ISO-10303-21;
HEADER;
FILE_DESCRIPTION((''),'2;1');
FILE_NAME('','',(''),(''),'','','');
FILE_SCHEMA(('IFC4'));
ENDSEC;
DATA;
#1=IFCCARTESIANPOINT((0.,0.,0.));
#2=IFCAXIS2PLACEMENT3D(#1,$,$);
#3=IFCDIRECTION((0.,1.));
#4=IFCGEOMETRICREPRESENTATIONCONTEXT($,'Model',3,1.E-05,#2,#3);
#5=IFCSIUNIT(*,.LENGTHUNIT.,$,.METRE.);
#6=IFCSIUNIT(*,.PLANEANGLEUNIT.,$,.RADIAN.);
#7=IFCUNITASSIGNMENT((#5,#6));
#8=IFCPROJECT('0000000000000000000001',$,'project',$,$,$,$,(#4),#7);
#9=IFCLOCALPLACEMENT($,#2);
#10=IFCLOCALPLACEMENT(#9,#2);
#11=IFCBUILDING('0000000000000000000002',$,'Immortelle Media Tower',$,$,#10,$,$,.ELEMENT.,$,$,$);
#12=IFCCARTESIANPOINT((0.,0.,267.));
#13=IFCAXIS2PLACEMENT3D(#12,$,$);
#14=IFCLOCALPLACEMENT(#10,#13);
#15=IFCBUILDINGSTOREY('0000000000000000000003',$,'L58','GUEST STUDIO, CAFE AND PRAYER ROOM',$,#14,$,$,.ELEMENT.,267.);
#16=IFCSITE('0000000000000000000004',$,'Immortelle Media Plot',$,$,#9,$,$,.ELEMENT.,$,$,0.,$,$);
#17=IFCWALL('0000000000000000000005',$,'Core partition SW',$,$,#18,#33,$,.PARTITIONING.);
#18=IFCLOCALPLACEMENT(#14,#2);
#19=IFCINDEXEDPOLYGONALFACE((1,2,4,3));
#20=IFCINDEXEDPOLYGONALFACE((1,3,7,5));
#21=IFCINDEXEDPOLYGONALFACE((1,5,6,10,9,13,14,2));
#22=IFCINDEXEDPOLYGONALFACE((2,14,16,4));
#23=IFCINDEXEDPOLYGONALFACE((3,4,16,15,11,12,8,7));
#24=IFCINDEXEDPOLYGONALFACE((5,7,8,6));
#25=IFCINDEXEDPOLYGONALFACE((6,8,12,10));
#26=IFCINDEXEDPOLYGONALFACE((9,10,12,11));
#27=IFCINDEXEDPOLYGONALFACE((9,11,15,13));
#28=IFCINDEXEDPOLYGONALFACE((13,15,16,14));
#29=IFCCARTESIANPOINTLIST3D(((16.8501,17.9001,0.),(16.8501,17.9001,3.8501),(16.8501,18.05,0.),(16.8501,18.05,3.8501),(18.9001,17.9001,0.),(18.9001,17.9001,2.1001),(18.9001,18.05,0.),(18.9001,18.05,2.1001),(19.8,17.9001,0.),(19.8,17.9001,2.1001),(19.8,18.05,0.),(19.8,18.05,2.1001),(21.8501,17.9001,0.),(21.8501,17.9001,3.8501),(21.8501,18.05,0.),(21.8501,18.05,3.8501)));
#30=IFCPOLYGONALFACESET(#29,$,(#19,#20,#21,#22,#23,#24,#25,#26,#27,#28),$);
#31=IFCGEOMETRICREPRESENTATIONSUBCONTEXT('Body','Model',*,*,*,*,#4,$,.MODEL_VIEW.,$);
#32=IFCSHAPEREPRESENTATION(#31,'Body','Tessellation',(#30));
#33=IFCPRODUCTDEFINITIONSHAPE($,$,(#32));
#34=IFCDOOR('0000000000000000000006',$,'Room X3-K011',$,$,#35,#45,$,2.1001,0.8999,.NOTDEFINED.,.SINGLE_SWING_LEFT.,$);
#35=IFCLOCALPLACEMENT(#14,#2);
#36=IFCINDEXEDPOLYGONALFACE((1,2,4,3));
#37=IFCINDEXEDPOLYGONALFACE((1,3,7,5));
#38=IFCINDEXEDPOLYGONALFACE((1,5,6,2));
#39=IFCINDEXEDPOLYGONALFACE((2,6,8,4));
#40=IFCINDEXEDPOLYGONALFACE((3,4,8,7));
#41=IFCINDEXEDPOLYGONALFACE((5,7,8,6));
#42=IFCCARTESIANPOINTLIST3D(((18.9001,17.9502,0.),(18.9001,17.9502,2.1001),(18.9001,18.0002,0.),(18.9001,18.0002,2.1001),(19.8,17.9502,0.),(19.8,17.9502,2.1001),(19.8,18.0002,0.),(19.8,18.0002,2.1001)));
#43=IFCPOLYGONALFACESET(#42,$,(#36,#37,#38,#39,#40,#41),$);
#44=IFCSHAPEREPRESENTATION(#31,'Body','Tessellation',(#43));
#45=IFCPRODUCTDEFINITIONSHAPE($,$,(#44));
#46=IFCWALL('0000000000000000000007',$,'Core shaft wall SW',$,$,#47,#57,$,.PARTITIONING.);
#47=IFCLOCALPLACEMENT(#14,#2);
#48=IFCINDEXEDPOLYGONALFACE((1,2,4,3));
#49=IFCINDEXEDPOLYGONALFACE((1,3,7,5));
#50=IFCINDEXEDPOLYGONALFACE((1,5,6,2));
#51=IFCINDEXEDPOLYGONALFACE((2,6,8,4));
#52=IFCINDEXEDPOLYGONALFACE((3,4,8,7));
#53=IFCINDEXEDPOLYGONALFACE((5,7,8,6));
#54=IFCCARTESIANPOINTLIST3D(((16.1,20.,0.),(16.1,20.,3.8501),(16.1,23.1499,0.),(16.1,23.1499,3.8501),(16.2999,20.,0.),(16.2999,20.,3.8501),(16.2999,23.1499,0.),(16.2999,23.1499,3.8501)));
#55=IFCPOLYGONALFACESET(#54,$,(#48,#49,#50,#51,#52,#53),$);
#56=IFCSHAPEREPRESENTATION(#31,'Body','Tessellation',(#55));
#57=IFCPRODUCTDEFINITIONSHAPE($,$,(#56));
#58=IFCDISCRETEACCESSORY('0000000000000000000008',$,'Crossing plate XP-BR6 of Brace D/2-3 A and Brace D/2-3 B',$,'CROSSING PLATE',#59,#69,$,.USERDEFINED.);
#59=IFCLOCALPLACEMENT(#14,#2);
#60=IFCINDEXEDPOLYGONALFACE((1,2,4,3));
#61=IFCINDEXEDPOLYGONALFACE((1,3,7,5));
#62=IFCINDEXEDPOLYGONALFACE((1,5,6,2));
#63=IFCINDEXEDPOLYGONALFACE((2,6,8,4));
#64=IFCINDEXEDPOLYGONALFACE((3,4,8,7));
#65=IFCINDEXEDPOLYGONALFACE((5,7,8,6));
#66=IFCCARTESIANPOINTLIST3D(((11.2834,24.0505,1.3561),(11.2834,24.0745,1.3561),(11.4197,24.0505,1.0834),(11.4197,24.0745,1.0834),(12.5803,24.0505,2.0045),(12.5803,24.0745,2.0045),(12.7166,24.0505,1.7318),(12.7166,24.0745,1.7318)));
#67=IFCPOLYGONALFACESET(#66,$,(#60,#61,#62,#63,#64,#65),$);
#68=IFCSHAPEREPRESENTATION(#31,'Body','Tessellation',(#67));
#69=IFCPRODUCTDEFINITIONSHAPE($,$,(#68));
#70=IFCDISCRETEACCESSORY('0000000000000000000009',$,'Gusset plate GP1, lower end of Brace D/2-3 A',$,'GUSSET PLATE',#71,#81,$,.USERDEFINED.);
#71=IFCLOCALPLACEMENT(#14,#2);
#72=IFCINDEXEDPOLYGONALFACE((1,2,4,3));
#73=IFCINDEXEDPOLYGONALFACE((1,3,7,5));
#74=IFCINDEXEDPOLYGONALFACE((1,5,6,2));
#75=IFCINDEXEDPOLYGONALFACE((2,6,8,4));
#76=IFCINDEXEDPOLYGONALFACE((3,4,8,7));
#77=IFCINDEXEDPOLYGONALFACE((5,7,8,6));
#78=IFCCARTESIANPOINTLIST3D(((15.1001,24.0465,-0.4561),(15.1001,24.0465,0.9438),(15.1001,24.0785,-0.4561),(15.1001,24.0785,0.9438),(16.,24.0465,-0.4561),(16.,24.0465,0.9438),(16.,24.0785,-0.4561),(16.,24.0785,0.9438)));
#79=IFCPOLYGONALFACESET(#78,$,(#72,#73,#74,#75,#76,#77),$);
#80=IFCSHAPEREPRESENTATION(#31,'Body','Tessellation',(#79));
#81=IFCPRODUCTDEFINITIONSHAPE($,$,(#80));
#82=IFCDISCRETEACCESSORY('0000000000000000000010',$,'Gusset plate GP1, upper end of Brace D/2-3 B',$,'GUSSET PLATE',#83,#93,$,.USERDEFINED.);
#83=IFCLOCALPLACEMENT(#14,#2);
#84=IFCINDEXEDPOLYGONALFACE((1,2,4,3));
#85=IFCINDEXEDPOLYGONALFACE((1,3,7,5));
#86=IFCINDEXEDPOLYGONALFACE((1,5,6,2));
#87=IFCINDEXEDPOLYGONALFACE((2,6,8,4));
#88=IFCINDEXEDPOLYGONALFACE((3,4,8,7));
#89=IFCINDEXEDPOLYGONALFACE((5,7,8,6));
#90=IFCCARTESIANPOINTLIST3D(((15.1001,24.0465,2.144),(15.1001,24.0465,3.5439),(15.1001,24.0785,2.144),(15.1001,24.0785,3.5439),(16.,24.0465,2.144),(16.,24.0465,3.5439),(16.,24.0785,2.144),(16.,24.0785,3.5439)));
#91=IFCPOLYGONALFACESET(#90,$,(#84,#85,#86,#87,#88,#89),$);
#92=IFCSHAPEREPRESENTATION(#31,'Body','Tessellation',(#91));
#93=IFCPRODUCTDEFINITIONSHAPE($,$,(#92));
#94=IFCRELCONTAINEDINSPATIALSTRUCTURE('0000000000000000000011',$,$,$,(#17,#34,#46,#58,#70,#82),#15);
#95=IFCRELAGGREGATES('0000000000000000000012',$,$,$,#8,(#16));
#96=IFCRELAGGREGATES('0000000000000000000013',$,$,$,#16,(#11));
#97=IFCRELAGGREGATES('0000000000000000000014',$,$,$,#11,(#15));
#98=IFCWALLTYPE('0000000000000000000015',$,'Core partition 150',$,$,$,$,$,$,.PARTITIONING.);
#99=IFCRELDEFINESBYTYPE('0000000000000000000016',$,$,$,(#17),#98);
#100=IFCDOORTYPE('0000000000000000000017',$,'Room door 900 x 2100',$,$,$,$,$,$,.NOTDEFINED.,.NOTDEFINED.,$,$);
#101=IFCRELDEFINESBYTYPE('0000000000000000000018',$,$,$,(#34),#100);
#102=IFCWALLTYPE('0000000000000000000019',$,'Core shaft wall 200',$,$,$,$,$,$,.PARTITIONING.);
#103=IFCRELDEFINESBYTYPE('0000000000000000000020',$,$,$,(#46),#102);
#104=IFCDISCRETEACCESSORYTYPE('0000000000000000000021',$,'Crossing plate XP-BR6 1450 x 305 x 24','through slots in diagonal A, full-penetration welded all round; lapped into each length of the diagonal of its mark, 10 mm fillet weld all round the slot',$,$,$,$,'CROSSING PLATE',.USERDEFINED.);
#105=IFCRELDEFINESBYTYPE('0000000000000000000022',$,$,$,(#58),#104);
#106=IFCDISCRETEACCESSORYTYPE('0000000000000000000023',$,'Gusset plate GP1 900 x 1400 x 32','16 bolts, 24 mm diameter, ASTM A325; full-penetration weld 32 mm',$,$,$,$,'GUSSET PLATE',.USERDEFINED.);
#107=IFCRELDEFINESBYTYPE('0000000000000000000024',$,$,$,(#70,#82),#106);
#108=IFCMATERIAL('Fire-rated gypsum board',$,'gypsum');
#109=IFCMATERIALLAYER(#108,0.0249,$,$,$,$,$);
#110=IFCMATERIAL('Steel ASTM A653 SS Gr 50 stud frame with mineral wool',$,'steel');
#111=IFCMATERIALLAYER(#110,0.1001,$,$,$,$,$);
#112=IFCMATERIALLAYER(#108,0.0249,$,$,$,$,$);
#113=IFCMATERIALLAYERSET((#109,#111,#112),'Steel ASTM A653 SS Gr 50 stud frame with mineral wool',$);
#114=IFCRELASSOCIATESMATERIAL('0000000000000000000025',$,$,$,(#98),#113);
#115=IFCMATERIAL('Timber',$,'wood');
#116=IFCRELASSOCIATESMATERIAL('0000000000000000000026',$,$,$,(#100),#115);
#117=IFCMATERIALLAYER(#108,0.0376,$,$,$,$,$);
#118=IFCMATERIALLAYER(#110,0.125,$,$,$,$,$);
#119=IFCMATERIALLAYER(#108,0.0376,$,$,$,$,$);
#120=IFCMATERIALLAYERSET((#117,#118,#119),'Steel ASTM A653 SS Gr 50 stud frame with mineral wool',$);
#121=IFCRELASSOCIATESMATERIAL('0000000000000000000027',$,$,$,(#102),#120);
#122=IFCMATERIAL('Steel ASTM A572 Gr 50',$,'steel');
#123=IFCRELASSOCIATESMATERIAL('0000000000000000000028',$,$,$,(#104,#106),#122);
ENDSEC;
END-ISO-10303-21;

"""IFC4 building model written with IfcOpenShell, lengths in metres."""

from ifc_helpers import new_model, si_unit, direction, frame, frame_2d, origin, origin_2d, place, context, subcontext, project, spatial, rectangle, extrude, material, layer, layer_set, material_profile, profile_set, type_object, element, fill, save


model = new_model("IFC4")

# Units and contexts
model_context = context("Model", 3, precision=1e-05, world=origin(), true_north=direction((0.0, 1.0)))
body_context = subcontext(model_context, "Body", "Model", "MODEL_VIEW")
ifc_project = project(units=[si_unit("LENGTHUNIT", "METRE"), si_unit("PLANEANGLEUNIT", "RADIAN")], contexts=[model_context])

# Site, building, storey
site_placement = place(None, origin())
site = spatial("IfcSite", under=ifc_project, at=site_placement, Name="Immortelle Media Plot", CompositionType="ELEMENT", RefElevation=0.0)
building_placement = place(site_placement, origin())
building = spatial("IfcBuilding", under=site, at=building_placement, Name="Immortelle Media Tower", CompositionType="ELEMENT")
storey_placement = place(building_placement, frame((0.0, 0.0, 267.0)))
storey = spatial("IfcBuildingStorey", under=building, at=storey_placement, Name="L58", Description="GUEST STUDIO, CAFE AND PRAYER ROOM", CompositionType="ELEMENT", Elevation=267.0)

# Shared definitions
ifc_material_1 = material(Name="Timber", Category="wood")

# Shared definitions
ifc_material_2 = material(Name="Fire-rated gypsum board", Category="gypsum")
ifc_layer_1 = layer(ifc_material_2, 0.0249)
ifc_material_3 = material(Name="Steel ASTM A653 SS Gr 50 stud frame with mineral wool", Category="steel")
ifc_layer_2 = layer(ifc_material_3, 0.1001)
ifc_layer_3 = layer(ifc_material_2, 0.0249)
ifc_layer_set_1 = layer_set([ifc_layer_1, ifc_layer_2, ifc_layer_3], Name="Steel ASTM A653 SS Gr 50 stud frame with mineral wool")
wall_type_1 = type_object("IfcWallType", Name="Core partition 150", PredefinedType="PARTITIONING", material=ifc_layer_set_1)

# Shared definitions
door_type_1 = type_object("IfcDoorType", Name="Room door 900 x 2100", OperationType="NOTDEFINED", PredefinedType="NOTDEFINED", material=ifc_material_1)

# Wall, opening, door
wall_1_placement = place(storey_placement, frame((16.8501, 17.9751, 0.0), z_axis=(0.0, 0.0, 1.0), x_axis=(1.0, 0.0, 0.0)))
wall_1 = element("IfcWall", 1, at=wall_1_placement, inside=storey, type_object=wall_type_1, Name="Core partition SW", PredefinedType="PARTITIONING", context=body_context, shape_type="SweptSolid", body=[
    extrude(rectangle(XDim=5.0, YDim=0.1499, at=frame_2d((2.5, 0.0))), origin(), (0.0, 0.0, 1.0), 3.8501),
])
opening_1_placement = place(wall_1_placement, frame((2.95, 0.0, 0.0), z_axis=(0.0, 0.0, 1.0), x_axis=(-1.0, 0.0, 0.0)))
opening_1 = element("IfcOpeningElement", 2, at=opening_1_placement, cuts=wall_1, PredefinedType="OPENING", context=body_context, shape_type="SweptSolid", body=[
    extrude(rectangle(XDim=0.8999, YDim=2.1001, at=frame_2d((0.45, 1.05))), frame((0.0, 0.085, 0.0), z_axis=(0.0, -1.0, 0.0), x_axis=(1.0, 0.0, 0.0)), (0.0, 0.0, 1.0), 0.1699),
])
door_1_placement = place(opening_1_placement, origin())
door_1 = element("IfcDoor", 3, at=door_1_placement, inside=storey, type_object=door_type_1, Name="Room X3-K011", OperationType="SINGLE_SWING_LEFT", OverallHeight=2.1001, OverallWidth=0.8999, PredefinedType="NOTDEFINED", context=body_context, shape_type="SweptSolid", body=[
    extrude(rectangle(XDim=0.8999, YDim=2.1001, at=frame_2d((0.45, 1.05))), frame((0.0, 0.0249, 0.0), z_axis=(0.0, -1.0, 0.0), x_axis=(1.0, 0.0, 0.0)), (0.0, 0.0, 1.0), 0.05),
])
fill(opening_1, door_1)

# Wall
ifc_layer_4 = layer(ifc_material_2, 0.0376)
ifc_layer_5 = layer(ifc_material_3, 0.125)
ifc_layer_6 = layer(ifc_material_2, 0.0376)
ifc_layer_set_2 = layer_set([ifc_layer_4, ifc_layer_5, ifc_layer_6], Name="Steel ASTM A653 SS Gr 50 stud frame with mineral wool")
wall_type_2 = type_object("IfcWallType", Name="Core shaft wall 200", PredefinedType="PARTITIONING", material=ifc_layer_set_2)
wall_2_placement = place(storey_placement, frame((16.2, 20.0, 0.0), z_axis=(0.0, 0.0, 1.0), x_axis=(0.0, 1.0, 0.0)))
element("IfcWall", 4, at=wall_2_placement, inside=storey, type_object=wall_type_2, Name="Core shaft wall SW", PredefinedType="PARTITIONING", context=body_context, shape_type="SweptSolid", body=[
    extrude(rectangle(XDim=3.1499, YDim=0.2, at=frame_2d((1.575, 0.0))), origin(), (0.0, 0.0, 1.0), 3.8501),
])

# Discrete accessories
ifc_material_4 = material(Name="Steel ASTM A572 Gr 50", Category="steel")
ifc_material_profile_1 = material_profile(ifc_material_4, rectangle(XDim=0.0239, YDim=0.3049, at=origin_2d()), Name="PL 24 x 305")
ifc_profile_set_1 = profile_set([ifc_material_profile_1], Name="Steel ASTM A572 Gr 50")
discrete_accessory_type_1 = type_object("IfcDiscreteAccessoryType", Name="Crossing plate XP-BR6 1450 x 305 x 24", Description="through slots in diagonal A, full-penetration welded all round; lapped into each length of the diagonal of its mark, 10 mm fillet weld all round the slot", ElementType="CROSSING PLATE", PredefinedType="USERDEFINED", material=ifc_profile_set_1)
discrete_accessory_placement = place(storey_placement, frame((12.6484, 24.0625, 1.8682), z_axis=(-0.894427, 0.0, -0.447214), x_axis=(0.0, -1.0, 0.0)))
element("IfcDiscreteAccessory", 5, at=discrete_accessory_placement, inside=storey, type_object=discrete_accessory_type_1, Name="Crossing plate XP-BR6 of Brace D/2-3 A and Brace D/2-3 B", ObjectType="CROSSING PLATE", PredefinedType="USERDEFINED", context=body_context, shape_type="SweptSolid", body=[
    extrude(rectangle(XDim=0.0239, YDim=0.3049, at=origin_2d()), origin(), (0.0, 0.0, 1.0), 1.45),
])
ifc_material_profile_2 = material_profile(ifc_material_4, rectangle(XDim=0.032, YDim=1.3999, at=origin_2d()), Name="PL 32 x 1400")
ifc_profile_set_2 = profile_set([ifc_material_profile_2], Name="Steel ASTM A572 Gr 50")
discrete_accessory_type_2 = type_object("IfcDiscreteAccessoryType", Name="Gusset plate GP1 900 x 1400 x 32", Description="16 bolts, 24 mm diameter, ASTM A325; full-penetration weld 32 mm", ElementType="GUSSET PLATE", PredefinedType="USERDEFINED", material=ifc_profile_set_2)
for number, where, z_axis, x_axis, name in (
    (6, (16.0, 24.0625, 0.2439), (-1.0, 0.0, 0.0), (0.0, -1.0, 0.0), "Gusset plate GP1, lower end of Brace D/2-3 A"),
    (7, (16.0, 24.0625, 2.844), (-1.0, 0.0, 0.0), (0.0, -1.0, 0.0), "Gusset plate GP1, upper end of Brace D/2-3 B"),
):
    element("IfcDiscreteAccessory", number, at=place(storey_placement, frame(where, z_axis=z_axis, x_axis=x_axis)), inside=storey, type_object=discrete_accessory_type_2, Name=name, ObjectType="GUSSET PLATE", PredefinedType="USERDEFINED", context=body_context, shape_type="SweptSolid", body=[
        extrude(rectangle(XDim=0.032, YDim=1.3999, at=origin_2d()), origin(), (0.0, 0.0, 1.0), 0.8999),
    ])

save(model, "model.ifc")
